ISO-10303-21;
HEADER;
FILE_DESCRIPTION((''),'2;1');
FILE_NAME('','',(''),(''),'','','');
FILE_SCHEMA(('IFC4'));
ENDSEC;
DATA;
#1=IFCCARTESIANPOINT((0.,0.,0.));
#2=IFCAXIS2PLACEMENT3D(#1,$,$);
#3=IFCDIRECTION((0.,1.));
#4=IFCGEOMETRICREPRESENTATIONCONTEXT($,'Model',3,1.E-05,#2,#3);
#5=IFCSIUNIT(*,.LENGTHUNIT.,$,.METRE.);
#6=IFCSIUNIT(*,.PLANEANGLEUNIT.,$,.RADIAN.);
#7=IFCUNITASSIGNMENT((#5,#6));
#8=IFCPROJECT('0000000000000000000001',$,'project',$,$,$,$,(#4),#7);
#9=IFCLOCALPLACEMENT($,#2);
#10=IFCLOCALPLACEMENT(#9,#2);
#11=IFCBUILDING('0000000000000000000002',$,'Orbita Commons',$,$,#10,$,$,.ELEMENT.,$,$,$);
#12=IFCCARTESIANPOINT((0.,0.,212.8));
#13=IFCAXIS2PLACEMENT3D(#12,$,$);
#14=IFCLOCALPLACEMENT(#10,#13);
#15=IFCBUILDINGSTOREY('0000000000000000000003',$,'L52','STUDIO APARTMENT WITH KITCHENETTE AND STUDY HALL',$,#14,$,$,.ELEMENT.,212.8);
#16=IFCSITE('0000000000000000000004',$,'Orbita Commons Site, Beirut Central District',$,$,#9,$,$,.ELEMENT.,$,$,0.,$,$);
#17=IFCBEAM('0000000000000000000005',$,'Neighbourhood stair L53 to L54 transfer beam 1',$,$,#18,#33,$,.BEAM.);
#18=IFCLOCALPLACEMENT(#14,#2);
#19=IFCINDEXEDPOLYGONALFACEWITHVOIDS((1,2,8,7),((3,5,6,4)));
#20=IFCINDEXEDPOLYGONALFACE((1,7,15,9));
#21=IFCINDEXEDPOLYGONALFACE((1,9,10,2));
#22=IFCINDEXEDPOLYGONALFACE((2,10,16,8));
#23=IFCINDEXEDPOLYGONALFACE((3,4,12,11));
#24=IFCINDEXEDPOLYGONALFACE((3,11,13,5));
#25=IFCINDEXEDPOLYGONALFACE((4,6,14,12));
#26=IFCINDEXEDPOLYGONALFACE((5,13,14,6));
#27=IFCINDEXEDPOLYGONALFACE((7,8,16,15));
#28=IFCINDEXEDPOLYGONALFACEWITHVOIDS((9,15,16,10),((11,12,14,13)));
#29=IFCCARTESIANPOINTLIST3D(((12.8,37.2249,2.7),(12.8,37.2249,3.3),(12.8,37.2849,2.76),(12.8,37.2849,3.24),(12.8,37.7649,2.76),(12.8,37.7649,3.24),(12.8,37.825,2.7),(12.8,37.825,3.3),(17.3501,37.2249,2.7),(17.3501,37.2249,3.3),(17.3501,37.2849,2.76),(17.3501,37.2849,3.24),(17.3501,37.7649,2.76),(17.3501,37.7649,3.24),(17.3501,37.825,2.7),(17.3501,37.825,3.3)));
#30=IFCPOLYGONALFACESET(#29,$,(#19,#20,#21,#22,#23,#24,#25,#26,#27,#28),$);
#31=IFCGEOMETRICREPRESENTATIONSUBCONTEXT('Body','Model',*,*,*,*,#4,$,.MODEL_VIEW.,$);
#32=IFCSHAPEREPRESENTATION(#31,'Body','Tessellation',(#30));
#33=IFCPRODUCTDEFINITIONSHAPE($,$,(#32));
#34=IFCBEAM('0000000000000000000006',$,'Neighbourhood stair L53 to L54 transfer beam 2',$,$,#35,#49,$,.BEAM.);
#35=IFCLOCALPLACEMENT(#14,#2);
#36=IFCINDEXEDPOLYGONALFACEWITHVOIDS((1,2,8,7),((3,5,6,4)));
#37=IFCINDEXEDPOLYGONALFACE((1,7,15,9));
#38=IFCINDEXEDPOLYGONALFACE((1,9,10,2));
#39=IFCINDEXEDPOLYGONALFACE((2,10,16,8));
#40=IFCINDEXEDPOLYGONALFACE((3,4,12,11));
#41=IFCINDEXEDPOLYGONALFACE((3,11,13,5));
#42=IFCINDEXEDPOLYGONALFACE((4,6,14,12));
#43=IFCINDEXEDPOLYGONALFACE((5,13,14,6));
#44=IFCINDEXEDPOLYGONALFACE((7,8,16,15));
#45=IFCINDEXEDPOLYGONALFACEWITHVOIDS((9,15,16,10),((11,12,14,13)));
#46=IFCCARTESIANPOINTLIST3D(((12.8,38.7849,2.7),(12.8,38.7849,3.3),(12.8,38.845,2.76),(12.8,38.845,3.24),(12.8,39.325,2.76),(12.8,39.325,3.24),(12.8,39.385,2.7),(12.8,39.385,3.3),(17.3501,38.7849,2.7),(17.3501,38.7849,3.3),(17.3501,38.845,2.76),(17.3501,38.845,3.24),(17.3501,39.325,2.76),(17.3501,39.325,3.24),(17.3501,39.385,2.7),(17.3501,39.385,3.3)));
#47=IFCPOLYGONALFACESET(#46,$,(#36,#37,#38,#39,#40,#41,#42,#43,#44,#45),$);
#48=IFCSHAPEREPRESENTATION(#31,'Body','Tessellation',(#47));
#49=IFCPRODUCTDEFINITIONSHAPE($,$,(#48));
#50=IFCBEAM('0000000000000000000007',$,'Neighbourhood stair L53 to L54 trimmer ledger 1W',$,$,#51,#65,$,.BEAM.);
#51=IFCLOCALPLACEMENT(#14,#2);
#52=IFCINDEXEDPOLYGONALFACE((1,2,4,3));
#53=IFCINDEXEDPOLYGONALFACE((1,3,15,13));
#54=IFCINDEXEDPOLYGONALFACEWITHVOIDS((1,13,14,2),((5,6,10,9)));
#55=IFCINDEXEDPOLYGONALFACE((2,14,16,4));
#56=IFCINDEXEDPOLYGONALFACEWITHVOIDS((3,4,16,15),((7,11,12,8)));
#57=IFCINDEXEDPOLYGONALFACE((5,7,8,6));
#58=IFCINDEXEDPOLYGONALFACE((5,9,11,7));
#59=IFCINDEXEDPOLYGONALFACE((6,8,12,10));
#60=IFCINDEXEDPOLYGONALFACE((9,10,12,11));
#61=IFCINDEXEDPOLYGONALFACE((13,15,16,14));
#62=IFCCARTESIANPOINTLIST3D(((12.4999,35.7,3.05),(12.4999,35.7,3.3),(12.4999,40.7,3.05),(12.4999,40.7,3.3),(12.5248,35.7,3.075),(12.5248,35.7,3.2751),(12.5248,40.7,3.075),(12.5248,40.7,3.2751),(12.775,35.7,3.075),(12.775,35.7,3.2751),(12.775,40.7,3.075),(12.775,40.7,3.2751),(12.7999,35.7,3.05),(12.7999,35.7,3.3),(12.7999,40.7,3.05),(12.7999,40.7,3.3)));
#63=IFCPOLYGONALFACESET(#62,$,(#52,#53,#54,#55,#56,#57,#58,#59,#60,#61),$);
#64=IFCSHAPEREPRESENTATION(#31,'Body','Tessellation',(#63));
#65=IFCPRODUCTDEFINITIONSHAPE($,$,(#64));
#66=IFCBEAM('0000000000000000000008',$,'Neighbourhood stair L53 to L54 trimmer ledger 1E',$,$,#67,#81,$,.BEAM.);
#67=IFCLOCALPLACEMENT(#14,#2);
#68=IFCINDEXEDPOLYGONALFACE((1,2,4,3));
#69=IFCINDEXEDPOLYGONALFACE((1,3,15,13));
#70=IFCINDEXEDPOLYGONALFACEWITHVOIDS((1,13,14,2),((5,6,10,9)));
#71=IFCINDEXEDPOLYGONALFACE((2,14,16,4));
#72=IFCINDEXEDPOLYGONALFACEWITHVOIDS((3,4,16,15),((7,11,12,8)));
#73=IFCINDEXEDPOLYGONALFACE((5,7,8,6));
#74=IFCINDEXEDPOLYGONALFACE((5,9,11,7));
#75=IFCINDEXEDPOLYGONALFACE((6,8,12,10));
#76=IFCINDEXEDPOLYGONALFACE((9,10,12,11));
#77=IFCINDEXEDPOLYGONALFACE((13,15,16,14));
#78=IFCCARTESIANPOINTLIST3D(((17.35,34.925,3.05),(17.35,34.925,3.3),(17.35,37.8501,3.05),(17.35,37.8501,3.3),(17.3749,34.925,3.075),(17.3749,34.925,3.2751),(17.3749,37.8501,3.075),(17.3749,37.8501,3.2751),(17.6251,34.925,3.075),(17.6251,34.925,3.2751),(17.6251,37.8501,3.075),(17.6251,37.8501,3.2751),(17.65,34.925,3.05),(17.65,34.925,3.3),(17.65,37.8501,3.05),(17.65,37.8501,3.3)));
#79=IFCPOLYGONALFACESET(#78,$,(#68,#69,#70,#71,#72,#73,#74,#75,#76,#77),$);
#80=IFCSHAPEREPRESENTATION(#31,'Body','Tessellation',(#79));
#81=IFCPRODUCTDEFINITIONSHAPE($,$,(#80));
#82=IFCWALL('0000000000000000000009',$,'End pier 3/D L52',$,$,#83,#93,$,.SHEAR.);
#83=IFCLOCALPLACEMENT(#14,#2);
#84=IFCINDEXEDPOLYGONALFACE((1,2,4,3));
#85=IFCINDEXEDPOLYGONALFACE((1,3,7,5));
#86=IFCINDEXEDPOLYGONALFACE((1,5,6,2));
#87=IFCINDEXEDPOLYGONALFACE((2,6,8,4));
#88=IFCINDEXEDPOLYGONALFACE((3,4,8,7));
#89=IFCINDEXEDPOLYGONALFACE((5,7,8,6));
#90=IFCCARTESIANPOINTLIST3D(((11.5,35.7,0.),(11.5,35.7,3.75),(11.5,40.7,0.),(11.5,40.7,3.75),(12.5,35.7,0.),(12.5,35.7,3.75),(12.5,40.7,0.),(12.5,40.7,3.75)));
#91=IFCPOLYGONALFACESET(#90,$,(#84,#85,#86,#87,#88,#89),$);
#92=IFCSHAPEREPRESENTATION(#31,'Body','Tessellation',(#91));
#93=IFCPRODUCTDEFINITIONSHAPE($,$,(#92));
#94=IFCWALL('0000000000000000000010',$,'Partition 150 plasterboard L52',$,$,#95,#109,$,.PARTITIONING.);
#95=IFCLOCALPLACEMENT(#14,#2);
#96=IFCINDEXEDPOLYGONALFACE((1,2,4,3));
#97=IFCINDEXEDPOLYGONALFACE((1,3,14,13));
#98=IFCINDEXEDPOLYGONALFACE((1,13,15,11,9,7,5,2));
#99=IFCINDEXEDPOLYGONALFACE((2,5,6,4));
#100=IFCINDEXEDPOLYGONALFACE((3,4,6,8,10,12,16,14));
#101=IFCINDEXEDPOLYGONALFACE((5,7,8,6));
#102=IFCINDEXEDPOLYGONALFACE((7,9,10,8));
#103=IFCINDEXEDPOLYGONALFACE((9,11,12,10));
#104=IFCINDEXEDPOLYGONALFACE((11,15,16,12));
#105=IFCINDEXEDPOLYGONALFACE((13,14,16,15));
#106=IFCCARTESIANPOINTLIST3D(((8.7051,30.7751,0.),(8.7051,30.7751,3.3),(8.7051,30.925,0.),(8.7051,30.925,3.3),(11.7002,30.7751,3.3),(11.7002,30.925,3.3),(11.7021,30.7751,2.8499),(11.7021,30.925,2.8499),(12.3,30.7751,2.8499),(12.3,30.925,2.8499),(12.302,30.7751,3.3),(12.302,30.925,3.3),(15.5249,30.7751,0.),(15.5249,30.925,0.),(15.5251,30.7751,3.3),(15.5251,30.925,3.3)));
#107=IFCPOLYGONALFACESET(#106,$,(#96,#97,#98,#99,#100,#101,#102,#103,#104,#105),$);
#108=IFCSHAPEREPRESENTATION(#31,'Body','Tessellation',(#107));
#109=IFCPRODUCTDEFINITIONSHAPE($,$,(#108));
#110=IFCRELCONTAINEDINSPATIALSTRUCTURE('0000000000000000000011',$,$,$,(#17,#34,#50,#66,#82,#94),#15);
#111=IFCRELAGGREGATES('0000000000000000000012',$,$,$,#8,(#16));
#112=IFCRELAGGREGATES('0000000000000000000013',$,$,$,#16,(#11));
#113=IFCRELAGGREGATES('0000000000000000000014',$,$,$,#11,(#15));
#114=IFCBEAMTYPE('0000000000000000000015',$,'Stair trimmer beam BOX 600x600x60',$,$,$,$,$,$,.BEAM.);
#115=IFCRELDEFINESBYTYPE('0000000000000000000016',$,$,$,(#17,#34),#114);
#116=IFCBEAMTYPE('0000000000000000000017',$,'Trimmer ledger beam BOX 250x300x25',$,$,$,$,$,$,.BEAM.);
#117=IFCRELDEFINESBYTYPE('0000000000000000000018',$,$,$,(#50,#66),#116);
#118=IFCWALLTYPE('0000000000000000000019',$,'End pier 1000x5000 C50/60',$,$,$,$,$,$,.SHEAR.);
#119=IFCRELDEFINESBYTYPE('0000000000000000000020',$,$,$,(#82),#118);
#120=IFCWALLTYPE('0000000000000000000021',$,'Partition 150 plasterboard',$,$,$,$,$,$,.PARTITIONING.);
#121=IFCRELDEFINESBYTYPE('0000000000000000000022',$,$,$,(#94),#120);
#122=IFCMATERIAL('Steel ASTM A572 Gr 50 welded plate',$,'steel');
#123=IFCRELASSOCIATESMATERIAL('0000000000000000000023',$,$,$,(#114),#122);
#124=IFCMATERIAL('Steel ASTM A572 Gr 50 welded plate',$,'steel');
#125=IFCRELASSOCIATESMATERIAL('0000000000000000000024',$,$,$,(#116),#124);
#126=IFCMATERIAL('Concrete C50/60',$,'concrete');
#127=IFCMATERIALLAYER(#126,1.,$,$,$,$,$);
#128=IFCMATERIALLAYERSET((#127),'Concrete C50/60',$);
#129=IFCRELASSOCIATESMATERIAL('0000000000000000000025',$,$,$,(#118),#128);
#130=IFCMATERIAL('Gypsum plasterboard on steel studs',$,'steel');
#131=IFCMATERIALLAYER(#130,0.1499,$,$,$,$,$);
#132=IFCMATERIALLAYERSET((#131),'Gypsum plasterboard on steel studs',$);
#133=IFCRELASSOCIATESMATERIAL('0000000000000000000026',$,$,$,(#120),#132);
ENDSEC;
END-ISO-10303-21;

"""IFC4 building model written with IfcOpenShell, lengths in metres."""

from ifc_helpers import new_model, si_unit, direction, frame, frame_2d, origin, origin_2d, place, context, subcontext, project, spatial, polyline, rectangle, hollow_rectangle, outline, extrude, material, layer, layer_set, material_profile, profile_set, type_object, element, save


model = new_model("IFC4")

# Units and contexts
model_context = context("Model", 3, precision=1e-05, world=origin(), true_north=direction((0.0, 1.0)))
body_context = subcontext(model_context, "Body", "Model", "MODEL_VIEW")
ifc_project = project(units=[si_unit("LENGTHUNIT", "METRE"), si_unit("PLANEANGLEUNIT", "RADIAN")], contexts=[model_context])

# Site, building, storey
site_placement = place(None, origin())
site = spatial("IfcSite", under=ifc_project, at=site_placement, Name="Orbita Commons Site, Beirut Central District", CompositionType="ELEMENT", RefElevation=0.0)
building_placement = place(site_placement, origin())
building = spatial("IfcBuilding", under=site, at=building_placement, Name="Orbita Commons", CompositionType="ELEMENT")
storey_placement = place(building_placement, frame((0.0, 0.0, 212.8)))
storey = spatial("IfcBuildingStorey", under=building, at=storey_placement, Name="L52", Description="STUDIO APARTMENT WITH KITCHENETTE AND STUDY HALL", CompositionType="ELEMENT", Elevation=212.8)

# Beams
ifc_material_1 = material(Name="Steel ASTM A572 Gr 50 welded plate", Category="steel")
ifc_material_profile_1 = material_profile(ifc_material_1, hollow_rectangle(XDim=0.6001, YDim=0.6001, WallThickness=0.0601, at=origin_2d()), Name="BOX 600x600x60")
ifc_profile_set_1 = profile_set([ifc_material_profile_1], Name="Steel ASTM A572 Gr 50 welded plate")
beam_type_1 = type_object("IfcBeamType", Name="Stair trimmer beam BOX 600x600x60", PredefinedType="BEAM", material=ifc_profile_set_1)
for number, where, z_axis, x_axis, name in (
    (1, (12.8, 37.5249, 3.0), (1.0, 0.0, 0.0), (0.0, 1.0, 0.0), "Neighbourhood stair L53 to L54 transfer beam 1"),
    (2, (12.8, 39.085, 3.0), (1.0, 0.0, 0.0), (0.0, 1.0, 0.0), "Neighbourhood stair L53 to L54 transfer beam 2"),
):
    element("IfcBeam", number, at=place(storey_placement, frame(where, z_axis=z_axis, x_axis=x_axis)), inside=storey, type_object=beam_type_1, Name=name, PredefinedType="BEAM", context=body_context, shape_type="SweptSolid", body=[
        extrude(hollow_rectangle(XDim=0.6001, YDim=0.6001, WallThickness=0.0601, at=origin_2d()), origin(), (0.0, 0.0, 1.0), 4.55),
    ])
ifc_material_2 = material(Name="Steel ASTM A572 Gr 50 welded plate", Category="steel")
ifc_material_profile_2 = material_profile(ifc_material_2, hollow_rectangle(XDim=0.3, YDim=0.25, WallThickness=0.0249, at=origin_2d()), Name="BOX 250x300x25")
ifc_profile_set_2 = profile_set([ifc_material_profile_2], Name="Steel ASTM A572 Gr 50 welded plate")
beam_type_2 = type_object("IfcBeamType", Name="Trimmer ledger beam BOX 250x300x25", PredefinedType="BEAM", material=ifc_profile_set_2)
beam_1_placement = place(storey_placement, frame((12.6499, 35.7, 3.175), z_axis=(0.0, 1.0, 0.0), x_axis=(-1.0, 0.0, 0.0)))
element("IfcBeam", 3, at=beam_1_placement, inside=storey, type_object=beam_type_2, Name="Neighbourhood stair L53 to L54 trimmer ledger 1W", PredefinedType="BEAM", context=body_context, shape_type="SweptSolid", body=[
    extrude(hollow_rectangle(XDim=0.3, YDim=0.25, WallThickness=0.0249, at=origin_2d()), origin(), (0.0, 0.0, 1.0), 5.0),
])
beam_2_placement = place(storey_placement, frame((17.5, 34.925, 3.175), z_axis=(0.0, 1.0, 0.0), x_axis=(-1.0, 0.0, 0.0)))
element("IfcBeam", 4, at=beam_2_placement, inside=storey, type_object=beam_type_2, Name="Neighbourhood stair L53 to L54 trimmer ledger 1E", PredefinedType="BEAM", context=body_context, shape_type="SweptSolid", body=[
    extrude(hollow_rectangle(XDim=0.3, YDim=0.25, WallThickness=0.0249, at=origin_2d()), origin(), (0.0, 0.0, 1.0), 2.925),
])

# Walls
ifc_material_3 = material(Name="Concrete C50/60", Category="concrete")
ifc_layer_1 = layer(ifc_material_3, 1.0)
ifc_layer_set_1 = layer_set([ifc_layer_1], Name="Concrete C50/60")
wall_type_1 = type_object("IfcWallType", Name="End pier 1000x5000 C50/60", PredefinedType="SHEAR", material=ifc_layer_set_1)
wall_1_placement = place(storey_placement, frame((12.0, 35.7, 0.0), z_axis=(0.0, 0.0, 1.0), x_axis=(0.0, 1.0, 0.0)))
element("IfcWall", 5, at=wall_1_placement, inside=storey, type_object=wall_type_1, Name="End pier 3/D L52", PredefinedType="SHEAR", context=body_context, shape_type="SweptSolid", body=[
    extrude(rectangle(XDim=5.0, YDim=1.0, at=frame_2d((2.5, 0.0))), origin(), (0.0, 0.0, 1.0), 3.75),
])
ifc_material_4 = material(Name="Gypsum plasterboard on steel studs", Category="steel")
ifc_layer_2 = layer(ifc_material_4, 0.1499)
ifc_layer_set_2 = layer_set([ifc_layer_2], Name="Gypsum plasterboard on steel studs")
wall_type_2 = type_object("IfcWallType", Name="Partition 150 plasterboard", PredefinedType="PARTITIONING", material=ifc_layer_set_2)
wall_2_placement = place(storey_placement, frame((8.7051, 30.8501, 0.0), z_axis=(0.0, 0.0, 1.0), x_axis=(1.0, 0.0, 0.0)))
element("IfcWall", 6, at=wall_2_placement, inside=storey, type_object=wall_type_2, Name="Partition 150 plasterboard L52", PredefinedType="PARTITIONING", context=body_context, shape_type="SweptSolid", body=[
    extrude(outline(polyline([(0.0, 0.0), (6.8198, 0.0), (6.8201, 3.3), (3.5969, 3.3), (3.595, 2.8499), (2.9971, 2.8499), (2.9951, 3.3), (0.0, 3.3), (0.0, 0.0)])), frame((0.0, 0.075, 0.0), z_axis=(0.0, -1.0, 0.0), x_axis=(1.0, 0.0, 0.0)), (0.0, 0.0, 1.0), 0.1499),
])

save(model, "model.ifc")
